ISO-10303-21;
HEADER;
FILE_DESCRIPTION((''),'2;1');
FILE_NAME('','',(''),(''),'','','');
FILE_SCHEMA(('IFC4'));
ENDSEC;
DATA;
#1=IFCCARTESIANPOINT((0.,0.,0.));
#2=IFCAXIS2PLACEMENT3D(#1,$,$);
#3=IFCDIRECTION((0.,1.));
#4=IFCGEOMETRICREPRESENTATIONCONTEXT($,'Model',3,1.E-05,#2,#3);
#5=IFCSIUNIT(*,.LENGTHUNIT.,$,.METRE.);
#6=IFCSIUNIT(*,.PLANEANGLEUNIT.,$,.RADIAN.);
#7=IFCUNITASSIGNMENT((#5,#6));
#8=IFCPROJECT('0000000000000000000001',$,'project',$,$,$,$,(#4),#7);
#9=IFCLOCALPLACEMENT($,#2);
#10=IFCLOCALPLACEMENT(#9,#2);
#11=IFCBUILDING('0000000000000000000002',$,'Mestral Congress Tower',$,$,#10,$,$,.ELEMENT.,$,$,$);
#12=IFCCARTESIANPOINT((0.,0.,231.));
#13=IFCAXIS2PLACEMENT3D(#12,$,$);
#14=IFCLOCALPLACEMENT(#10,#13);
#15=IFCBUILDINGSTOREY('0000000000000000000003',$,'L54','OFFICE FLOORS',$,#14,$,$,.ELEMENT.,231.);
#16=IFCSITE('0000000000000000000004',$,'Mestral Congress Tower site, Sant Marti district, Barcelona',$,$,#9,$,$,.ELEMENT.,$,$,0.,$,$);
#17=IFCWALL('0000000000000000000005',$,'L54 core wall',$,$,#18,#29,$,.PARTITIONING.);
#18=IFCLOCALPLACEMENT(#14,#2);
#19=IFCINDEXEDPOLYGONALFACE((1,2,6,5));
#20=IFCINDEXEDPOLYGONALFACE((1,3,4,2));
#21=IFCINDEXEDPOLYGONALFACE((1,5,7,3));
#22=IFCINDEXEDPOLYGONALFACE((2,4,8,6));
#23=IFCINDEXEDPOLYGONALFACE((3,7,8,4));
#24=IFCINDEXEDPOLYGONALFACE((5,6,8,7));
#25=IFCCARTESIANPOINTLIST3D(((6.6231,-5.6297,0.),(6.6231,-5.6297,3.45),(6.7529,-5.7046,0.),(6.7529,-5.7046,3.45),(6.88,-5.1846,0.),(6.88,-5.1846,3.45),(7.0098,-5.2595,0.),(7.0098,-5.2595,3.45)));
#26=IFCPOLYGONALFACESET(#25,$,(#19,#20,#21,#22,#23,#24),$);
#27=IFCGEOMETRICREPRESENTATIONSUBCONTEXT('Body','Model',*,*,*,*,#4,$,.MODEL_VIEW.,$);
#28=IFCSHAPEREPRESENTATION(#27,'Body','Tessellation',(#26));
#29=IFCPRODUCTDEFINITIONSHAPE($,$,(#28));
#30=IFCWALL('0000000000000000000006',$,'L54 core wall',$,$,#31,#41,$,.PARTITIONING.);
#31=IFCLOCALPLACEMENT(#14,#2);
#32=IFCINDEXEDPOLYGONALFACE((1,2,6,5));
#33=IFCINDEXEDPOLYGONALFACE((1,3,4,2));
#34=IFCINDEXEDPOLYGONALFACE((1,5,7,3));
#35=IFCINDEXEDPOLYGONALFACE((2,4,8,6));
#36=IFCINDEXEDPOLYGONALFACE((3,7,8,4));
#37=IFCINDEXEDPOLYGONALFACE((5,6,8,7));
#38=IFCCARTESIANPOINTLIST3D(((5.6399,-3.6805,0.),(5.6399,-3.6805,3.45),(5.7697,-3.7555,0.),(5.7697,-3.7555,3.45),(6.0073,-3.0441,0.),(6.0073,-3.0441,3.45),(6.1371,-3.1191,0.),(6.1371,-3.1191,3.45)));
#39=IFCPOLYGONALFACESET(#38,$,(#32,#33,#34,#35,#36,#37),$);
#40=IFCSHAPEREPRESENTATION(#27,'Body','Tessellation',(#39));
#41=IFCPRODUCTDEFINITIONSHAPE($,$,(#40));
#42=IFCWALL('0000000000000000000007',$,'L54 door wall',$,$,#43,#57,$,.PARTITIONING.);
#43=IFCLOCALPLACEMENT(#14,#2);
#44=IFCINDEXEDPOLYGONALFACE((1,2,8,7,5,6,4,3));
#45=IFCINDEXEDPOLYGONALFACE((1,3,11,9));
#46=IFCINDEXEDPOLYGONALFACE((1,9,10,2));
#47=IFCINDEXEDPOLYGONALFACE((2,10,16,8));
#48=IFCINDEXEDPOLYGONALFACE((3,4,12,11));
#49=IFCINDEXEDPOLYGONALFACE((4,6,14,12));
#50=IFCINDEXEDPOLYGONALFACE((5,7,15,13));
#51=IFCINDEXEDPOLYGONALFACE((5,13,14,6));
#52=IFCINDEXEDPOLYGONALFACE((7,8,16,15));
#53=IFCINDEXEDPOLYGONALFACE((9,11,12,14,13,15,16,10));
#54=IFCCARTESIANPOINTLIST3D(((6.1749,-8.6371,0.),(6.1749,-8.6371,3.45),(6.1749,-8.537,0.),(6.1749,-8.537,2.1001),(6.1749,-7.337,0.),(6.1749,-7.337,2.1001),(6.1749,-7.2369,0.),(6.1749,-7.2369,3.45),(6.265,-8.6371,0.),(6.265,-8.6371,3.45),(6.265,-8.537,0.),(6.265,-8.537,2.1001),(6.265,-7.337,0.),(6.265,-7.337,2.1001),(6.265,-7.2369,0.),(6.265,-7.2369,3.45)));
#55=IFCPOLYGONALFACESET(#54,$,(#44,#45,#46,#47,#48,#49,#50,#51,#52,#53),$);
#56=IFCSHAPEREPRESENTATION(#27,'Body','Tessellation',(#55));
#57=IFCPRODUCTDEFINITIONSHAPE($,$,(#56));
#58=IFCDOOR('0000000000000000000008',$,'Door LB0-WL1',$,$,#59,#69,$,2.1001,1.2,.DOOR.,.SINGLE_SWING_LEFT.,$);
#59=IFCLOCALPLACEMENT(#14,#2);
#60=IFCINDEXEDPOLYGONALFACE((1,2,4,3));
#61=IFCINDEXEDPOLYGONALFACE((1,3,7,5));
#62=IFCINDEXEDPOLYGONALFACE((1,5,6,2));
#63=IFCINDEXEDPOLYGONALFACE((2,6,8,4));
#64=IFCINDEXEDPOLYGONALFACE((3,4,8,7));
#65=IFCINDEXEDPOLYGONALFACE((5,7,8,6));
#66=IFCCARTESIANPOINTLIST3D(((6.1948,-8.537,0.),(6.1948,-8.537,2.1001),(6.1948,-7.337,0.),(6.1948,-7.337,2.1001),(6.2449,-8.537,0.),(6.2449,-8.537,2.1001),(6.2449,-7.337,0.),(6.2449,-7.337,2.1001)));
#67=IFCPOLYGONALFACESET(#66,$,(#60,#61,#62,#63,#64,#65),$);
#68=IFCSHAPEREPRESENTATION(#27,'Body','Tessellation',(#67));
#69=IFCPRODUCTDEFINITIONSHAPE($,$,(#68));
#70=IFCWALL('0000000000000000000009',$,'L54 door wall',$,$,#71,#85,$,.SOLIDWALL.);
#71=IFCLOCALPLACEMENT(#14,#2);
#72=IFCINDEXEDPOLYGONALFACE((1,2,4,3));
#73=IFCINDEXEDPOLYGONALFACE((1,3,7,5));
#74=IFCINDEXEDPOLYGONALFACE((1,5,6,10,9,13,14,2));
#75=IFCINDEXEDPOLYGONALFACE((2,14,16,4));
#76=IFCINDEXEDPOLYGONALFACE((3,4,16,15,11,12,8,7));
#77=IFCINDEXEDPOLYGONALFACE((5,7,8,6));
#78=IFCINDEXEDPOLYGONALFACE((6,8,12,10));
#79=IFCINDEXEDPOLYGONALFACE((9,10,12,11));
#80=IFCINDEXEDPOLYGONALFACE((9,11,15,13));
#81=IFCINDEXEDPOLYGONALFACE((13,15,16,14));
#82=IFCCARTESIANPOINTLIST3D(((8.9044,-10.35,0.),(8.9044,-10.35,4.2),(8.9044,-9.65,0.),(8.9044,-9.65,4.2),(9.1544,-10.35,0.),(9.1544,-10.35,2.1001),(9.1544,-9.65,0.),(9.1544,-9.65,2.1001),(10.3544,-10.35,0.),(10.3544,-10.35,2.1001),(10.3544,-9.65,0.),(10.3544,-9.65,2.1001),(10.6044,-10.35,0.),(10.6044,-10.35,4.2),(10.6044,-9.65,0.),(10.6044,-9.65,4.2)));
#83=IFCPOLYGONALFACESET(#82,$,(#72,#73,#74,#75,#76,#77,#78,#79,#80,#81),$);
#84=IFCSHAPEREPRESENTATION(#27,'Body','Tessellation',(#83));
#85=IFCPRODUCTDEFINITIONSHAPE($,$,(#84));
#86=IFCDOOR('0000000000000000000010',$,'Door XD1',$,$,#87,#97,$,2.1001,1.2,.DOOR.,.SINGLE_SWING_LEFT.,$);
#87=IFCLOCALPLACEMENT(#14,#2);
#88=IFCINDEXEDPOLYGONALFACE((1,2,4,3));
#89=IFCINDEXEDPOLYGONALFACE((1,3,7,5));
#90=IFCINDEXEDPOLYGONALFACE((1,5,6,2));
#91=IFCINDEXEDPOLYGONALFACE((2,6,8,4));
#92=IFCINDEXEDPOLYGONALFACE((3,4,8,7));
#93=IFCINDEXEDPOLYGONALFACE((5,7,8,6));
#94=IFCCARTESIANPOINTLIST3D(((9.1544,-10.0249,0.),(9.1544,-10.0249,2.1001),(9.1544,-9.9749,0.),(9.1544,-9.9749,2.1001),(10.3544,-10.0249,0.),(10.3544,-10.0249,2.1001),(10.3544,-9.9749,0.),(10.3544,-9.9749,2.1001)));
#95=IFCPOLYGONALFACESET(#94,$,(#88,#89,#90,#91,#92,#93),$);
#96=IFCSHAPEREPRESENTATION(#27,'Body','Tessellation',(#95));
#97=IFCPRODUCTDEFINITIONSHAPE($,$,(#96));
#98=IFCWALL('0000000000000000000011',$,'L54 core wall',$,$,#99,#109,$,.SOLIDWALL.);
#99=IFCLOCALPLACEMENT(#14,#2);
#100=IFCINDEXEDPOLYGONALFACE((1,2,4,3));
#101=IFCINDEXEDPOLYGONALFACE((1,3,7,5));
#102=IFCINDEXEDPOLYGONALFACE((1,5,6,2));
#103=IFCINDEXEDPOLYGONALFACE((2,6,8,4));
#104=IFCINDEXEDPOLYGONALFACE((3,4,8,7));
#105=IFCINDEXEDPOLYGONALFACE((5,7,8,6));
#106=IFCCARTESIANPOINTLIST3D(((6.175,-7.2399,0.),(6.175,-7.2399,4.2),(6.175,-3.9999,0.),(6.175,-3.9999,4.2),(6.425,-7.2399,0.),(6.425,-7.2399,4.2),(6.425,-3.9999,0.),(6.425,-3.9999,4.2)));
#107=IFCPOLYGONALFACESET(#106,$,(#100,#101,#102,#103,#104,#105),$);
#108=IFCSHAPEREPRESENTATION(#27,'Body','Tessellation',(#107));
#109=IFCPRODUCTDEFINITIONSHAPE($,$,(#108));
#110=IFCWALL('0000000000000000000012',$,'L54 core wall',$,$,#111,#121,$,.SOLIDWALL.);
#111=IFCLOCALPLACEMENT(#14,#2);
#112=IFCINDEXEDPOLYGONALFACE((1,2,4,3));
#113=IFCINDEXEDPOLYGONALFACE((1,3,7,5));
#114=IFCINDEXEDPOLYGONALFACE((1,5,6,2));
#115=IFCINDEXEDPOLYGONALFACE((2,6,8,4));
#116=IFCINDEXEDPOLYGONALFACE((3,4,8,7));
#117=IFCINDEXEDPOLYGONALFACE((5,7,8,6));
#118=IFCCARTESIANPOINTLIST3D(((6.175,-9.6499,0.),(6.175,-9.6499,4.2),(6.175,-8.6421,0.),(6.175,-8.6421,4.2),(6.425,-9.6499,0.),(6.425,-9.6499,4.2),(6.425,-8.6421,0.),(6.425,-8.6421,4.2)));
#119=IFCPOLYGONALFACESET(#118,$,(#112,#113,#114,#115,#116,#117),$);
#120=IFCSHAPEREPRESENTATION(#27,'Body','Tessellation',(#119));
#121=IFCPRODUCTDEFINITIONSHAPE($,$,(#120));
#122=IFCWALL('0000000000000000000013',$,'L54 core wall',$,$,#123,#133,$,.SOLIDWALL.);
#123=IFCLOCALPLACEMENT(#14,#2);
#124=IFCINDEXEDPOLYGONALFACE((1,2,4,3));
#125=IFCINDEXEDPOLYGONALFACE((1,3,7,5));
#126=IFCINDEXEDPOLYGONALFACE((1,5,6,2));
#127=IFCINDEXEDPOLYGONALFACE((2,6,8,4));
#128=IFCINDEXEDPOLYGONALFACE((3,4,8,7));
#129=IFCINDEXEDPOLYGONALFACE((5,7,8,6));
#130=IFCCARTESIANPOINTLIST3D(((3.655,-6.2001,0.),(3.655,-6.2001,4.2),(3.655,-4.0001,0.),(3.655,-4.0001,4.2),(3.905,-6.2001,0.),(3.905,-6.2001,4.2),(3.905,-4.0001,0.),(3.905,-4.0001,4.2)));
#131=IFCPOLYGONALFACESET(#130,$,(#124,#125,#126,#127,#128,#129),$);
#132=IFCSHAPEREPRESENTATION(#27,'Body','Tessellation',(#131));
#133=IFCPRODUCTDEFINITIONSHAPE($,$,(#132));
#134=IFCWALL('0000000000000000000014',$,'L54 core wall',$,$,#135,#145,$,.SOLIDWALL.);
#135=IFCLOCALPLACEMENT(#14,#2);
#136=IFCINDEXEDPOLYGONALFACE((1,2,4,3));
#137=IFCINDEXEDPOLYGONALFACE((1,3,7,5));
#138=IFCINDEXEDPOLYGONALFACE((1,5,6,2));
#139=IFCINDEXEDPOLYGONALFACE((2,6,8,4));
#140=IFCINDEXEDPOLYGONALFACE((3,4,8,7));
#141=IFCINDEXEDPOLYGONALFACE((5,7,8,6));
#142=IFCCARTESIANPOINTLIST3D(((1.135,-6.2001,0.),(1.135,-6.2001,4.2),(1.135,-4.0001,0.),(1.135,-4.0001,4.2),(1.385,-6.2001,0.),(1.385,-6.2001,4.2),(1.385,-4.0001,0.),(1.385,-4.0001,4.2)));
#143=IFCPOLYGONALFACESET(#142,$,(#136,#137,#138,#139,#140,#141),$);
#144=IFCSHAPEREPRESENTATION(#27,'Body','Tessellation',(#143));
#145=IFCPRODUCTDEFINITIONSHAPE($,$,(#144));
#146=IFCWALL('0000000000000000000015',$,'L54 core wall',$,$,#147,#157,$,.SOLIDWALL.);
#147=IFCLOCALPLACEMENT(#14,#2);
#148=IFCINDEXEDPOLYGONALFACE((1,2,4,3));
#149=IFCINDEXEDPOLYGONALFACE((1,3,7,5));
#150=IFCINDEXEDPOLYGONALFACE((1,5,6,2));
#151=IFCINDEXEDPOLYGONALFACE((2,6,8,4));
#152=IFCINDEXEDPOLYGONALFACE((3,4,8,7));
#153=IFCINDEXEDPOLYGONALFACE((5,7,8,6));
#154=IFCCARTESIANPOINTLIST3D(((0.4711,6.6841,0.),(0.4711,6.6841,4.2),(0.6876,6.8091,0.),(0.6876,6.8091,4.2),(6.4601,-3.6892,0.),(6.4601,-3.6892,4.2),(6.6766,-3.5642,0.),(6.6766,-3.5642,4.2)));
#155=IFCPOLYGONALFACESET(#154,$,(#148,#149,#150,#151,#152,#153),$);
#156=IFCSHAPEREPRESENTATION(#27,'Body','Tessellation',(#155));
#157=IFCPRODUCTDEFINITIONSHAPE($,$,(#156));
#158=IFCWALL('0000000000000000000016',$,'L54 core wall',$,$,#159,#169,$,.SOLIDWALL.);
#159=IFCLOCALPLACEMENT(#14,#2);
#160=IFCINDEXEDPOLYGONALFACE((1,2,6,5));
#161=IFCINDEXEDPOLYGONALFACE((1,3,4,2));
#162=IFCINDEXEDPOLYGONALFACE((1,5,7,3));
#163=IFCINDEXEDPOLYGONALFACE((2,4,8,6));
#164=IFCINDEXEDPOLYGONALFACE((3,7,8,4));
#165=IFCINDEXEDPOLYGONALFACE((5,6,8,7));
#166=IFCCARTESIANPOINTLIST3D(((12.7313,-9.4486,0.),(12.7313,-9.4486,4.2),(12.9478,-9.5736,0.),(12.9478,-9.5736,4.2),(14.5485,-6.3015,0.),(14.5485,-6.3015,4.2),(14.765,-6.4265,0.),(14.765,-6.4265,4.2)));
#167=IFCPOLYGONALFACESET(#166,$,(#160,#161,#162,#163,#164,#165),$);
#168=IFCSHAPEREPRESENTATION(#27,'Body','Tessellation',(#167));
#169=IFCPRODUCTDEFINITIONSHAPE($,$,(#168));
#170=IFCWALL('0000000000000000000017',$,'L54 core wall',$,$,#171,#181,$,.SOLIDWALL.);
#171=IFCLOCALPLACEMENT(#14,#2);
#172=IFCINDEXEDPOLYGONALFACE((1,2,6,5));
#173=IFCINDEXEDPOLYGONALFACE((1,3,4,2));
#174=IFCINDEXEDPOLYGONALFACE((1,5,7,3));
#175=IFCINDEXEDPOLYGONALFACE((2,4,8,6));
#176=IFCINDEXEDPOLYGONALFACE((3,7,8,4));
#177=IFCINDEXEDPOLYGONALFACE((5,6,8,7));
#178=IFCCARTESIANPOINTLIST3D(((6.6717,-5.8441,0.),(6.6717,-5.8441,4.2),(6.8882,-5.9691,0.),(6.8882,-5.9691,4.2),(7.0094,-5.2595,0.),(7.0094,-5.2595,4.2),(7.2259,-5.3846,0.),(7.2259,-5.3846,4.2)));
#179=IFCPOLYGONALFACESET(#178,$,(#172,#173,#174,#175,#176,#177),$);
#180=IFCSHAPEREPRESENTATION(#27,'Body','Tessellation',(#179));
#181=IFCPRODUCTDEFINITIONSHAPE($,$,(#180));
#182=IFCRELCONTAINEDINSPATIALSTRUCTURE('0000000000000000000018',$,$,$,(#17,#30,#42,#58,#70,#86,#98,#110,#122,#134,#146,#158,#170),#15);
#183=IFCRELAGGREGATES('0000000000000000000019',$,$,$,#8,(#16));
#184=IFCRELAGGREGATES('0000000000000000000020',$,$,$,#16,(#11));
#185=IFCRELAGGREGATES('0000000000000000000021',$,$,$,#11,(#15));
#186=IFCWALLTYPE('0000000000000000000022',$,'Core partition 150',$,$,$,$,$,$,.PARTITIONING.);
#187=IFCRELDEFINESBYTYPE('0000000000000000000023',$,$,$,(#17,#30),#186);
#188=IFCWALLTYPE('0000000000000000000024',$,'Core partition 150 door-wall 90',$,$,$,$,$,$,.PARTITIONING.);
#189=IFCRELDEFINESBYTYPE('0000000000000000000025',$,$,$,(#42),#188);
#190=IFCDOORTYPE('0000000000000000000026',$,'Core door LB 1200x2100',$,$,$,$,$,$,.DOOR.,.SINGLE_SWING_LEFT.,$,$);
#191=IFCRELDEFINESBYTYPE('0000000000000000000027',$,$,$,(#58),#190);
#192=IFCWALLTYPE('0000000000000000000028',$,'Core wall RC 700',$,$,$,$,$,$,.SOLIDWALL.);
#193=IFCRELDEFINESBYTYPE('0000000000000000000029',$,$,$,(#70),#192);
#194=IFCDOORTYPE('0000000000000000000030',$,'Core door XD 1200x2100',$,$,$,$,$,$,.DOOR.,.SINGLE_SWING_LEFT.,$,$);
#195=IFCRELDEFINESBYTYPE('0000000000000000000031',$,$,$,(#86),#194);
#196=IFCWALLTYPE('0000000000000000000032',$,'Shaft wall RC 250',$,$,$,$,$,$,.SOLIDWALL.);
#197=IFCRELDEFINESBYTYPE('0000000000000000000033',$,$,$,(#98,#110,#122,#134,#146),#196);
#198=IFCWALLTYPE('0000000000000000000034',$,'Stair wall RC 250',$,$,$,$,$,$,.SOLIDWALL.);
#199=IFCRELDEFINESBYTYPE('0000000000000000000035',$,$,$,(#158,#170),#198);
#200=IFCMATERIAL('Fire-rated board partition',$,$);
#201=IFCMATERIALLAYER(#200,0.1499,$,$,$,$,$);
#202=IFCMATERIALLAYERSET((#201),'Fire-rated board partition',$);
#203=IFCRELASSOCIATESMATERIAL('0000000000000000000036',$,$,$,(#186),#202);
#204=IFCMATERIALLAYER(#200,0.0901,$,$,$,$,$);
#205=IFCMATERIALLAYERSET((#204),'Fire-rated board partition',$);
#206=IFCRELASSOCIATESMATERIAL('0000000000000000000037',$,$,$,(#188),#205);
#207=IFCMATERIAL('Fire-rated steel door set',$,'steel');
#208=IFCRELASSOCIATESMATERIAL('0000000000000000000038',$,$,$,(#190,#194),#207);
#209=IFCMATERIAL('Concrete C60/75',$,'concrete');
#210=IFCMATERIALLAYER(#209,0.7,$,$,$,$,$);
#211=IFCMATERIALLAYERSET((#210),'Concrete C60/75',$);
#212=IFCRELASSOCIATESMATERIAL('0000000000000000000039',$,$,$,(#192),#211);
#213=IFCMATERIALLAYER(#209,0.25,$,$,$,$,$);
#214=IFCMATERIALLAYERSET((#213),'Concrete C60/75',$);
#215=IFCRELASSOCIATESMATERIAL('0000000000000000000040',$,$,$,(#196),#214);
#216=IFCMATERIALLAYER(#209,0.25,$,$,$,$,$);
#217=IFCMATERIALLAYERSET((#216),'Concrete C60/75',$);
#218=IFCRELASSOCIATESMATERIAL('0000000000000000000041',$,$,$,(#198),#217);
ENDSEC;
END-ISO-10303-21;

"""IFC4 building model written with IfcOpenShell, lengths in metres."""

from ifc_helpers import new_model, si_unit, direction, frame, frame_2d, origin, place, context, subcontext, project, spatial, rectangle, extrude, material, layer, layer_set, type_object, element, fill, save


model = new_model("IFC4")

# Units and contexts
model_context = context("Model", 3, precision=1e-05, world=origin(), true_north=direction((0.0, 1.0)))
body_context = subcontext(model_context, "Body", "Model", "MODEL_VIEW")
ifc_project = project(units=[si_unit("LENGTHUNIT", "METRE"), si_unit("PLANEANGLEUNIT", "RADIAN")], contexts=[model_context])

# Site, building, storey
site_placement = place(None, origin())
site = spatial("IfcSite", under=ifc_project, at=site_placement, Name="Mestral Congress Tower site, Sant Marti district, Barcelona", CompositionType="ELEMENT", RefElevation=0.0)
building_placement = place(site_placement, origin())
building = spatial("IfcBuilding", under=site, at=building_placement, Name="Mestral Congress Tower", CompositionType="ELEMENT")
storey_placement = place(building_placement, frame((0.0, 0.0, 231.0)))
storey = spatial("IfcBuildingStorey", under=building, at=storey_placement, Name="L54", Description="OFFICE FLOORS", CompositionType="ELEMENT", Elevation=231.0)

# Walls
ifc_material_1 = material(Name="Fire-rated board partition")
ifc_layer_1 = layer(ifc_material_1, 0.1499)
ifc_layer_set_1 = layer_set([ifc_layer_1], Name="Fire-rated board partition")
wall_type_1 = type_object("IfcWallType", Name="Core partition 150", PredefinedType="PARTITIONING", material=ifc_layer_set_1)
wall_1_placement = place(storey_placement, frame((6.9448, -5.2222, 0.0), z_axis=(0.0, 0.0, 1.0), x_axis=(-0.499818, -0.86613, 0.0)))
element("IfcWall", 1, at=wall_1_placement, inside=storey, type_object=wall_type_1, Name="L54 core wall", PredefinedType="PARTITIONING", context=body_context, shape_type="SweptSolid", body=[
    extrude(rectangle(XDim=0.5139, YDim=0.1499, at=frame_2d((0.2568, 0.0))), origin(), (0.0, 0.0, 1.0), 3.45),
])
wall_2_placement = place(storey_placement, frame((5.7048, -3.718, 0.0), z_axis=(0.0, 0.0, 1.0), x_axis=(0.499962, 0.866047, 0.0)))
element("IfcWall", 2, at=wall_2_placement, inside=storey, type_object=wall_type_1, Name="L54 core wall", PredefinedType="PARTITIONING", context=body_context, shape_type="SweptSolid", body=[
    extrude(rectangle(XDim=0.7349, YDim=0.1499, at=frame_2d((0.3674, 0.0))), origin(), (0.0, 0.0, 1.0), 3.45),
])

# Walls, openings, doors
ifc_layer_2 = layer(ifc_material_1, 0.0901)
ifc_layer_set_2 = layer_set([ifc_layer_2], Name="Fire-rated board partition")
wall_type_2 = type_object("IfcWallType", Name="Core partition 150 door-wall 90", PredefinedType="PARTITIONING", material=ifc_layer_set_2)
wall_3_placement = place(storey_placement, frame((6.22, -7.2368, 0.0), z_axis=(0.0, 0.0, 1.0), x_axis=(0.0, -1.0, 0.0)))
wall_3 = element("IfcWall", 3, at=wall_3_placement, inside=storey, type_object=wall_type_2, Name="L54 door wall", PredefinedType="PARTITIONING", context=body_context, shape_type="SweptSolid", body=[
    extrude(rectangle(XDim=1.4001, YDim=0.0901, at=frame_2d((0.7002, 0.0))), origin(), (0.0, 0.0, 1.0), 3.45),
])
opening_1_placement = place(wall_3_placement, frame((0.1001, 0.0, 0.0)))
opening_1 = element("IfcOpeningElement", 4, at=opening_1_placement, cuts=wall_3, PredefinedType="OPENING", context=body_context, shape_type="SweptSolid", body=[
    extrude(rectangle(XDim=1.2, YDim=2.1001, at=frame_2d((0.6001, 1.05))), frame((0.0, 0.0549, 0.0), z_axis=(0.0, -1.0, 0.0), x_axis=(1.0, 0.0, 0.0)), (0.0, 0.0, 1.0), 0.1101),
])
ifc_material_2 = material(Name="Fire-rated steel door set", Category="steel")
door_type_1 = type_object("IfcDoorType", Name="Core door LB 1200x2100", OperationType="SINGLE_SWING_LEFT", PredefinedType="DOOR", material=ifc_material_2)
door_1_placement = place(opening_1_placement, origin())
door_1 = element("IfcDoor", 5, at=door_1_placement, inside=storey, type_object=door_type_1, Name="Door LB0-WL1", OperationType="SINGLE_SWING_LEFT", OverallHeight=2.1001, OverallWidth=1.2, PredefinedType="DOOR", context=body_context, shape_type="SweptSolid", body=[
    extrude(rectangle(XDim=1.2, YDim=2.1001, at=frame_2d((0.6001, 1.05))), frame((0.0, 0.0249, 0.0), z_axis=(0.0, -1.0, 0.0), x_axis=(1.0, 0.0, 0.0)), (0.0, 0.0, 1.0), 0.05),
])
fill(opening_1, door_1)
ifc_material_3 = material(Name="Concrete C60/75", Category="concrete")
ifc_layer_3 = layer(ifc_material_3, 0.7)
ifc_layer_set_3 = layer_set([ifc_layer_3], Name="Concrete C60/75")
wall_type_3 = type_object("IfcWallType", Name="Core wall RC 700", PredefinedType="SOLIDWALL", material=ifc_layer_set_3)
wall_4_placement = place(storey_placement, frame((10.6045, -10.0, 0.0), z_axis=(0.0, 0.0, 1.0), x_axis=(-1.0, 0.0, 0.0)))
wall_4 = element("IfcWall", 6, at=wall_4_placement, inside=storey, type_object=wall_type_3, Name="L54 door wall", PredefinedType="SOLIDWALL", context=body_context, shape_type="SweptSolid", body=[
    extrude(rectangle(XDim=1.7, YDim=0.7, at=frame_2d((0.8501, 0.0))), origin(), (0.0, 0.0, 1.0), 4.2),
])
opening_2_placement = place(wall_4_placement, frame((0.25, 0.0, 0.0)))
opening_2 = element("IfcOpeningElement", 7, at=opening_2_placement, cuts=wall_4, PredefinedType="OPENING", context=body_context, shape_type="SweptSolid", body=[
    extrude(rectangle(XDim=1.2, YDim=2.1001, at=frame_2d((0.6001, 1.05))), frame((0.0, 0.3599, 0.0), z_axis=(0.0, -1.0, 0.0), x_axis=(1.0, 0.0, 0.0)), (0.0, 0.0, 1.0), 0.72),
])
door_type_2 = type_object("IfcDoorType", Name="Core door XD 1200x2100", OperationType="SINGLE_SWING_LEFT", PredefinedType="DOOR", material=ifc_material_2)
door_2_placement = place(opening_2_placement, origin())
door_2 = element("IfcDoor", 8, at=door_2_placement, inside=storey, type_object=door_type_2, Name="Door XD1", OperationType="SINGLE_SWING_LEFT", OverallHeight=2.1001, OverallWidth=1.2, PredefinedType="DOOR", context=body_context, shape_type="SweptSolid", body=[
    extrude(rectangle(XDim=1.2, YDim=2.1001, at=frame_2d((0.6001, 1.05))), frame((0.0, 0.0249, 0.0), z_axis=(0.0, -1.0, 0.0), x_axis=(1.0, 0.0, 0.0)), (0.0, 0.0, 1.0), 0.05),
])
fill(opening_2, door_2)

# Walls
ifc_layer_4 = layer(ifc_material_3, 0.25)
ifc_layer_set_4 = layer_set([ifc_layer_4], Name="Concrete C60/75")
wall_type_4 = type_object("IfcWallType", Name="Shaft wall RC 250", PredefinedType="SOLIDWALL", material=ifc_layer_set_4)
wall_5_placement = place(storey_placement, frame((6.3, -7.24, 0.0), z_axis=(0.0, 0.0, 1.0), x_axis=(0.0, 1.0, 0.0)))
element("IfcWall", 9, at=wall_5_placement, inside=storey, type_object=wall_type_4, Name="L54 core wall", PredefinedType="SOLIDWALL", context=body_context, shape_type="SweptSolid", body=[
    extrude(rectangle(XDim=3.24, YDim=0.25, at=frame_2d((1.6201, 0.0))), origin(), (0.0, 0.0, 1.0), 4.2),
])
wall_6_placement = place(storey_placement, frame((6.3, -9.6499, 0.0), z_axis=(0.0, 0.0, 1.0), x_axis=(0.0, 1.0, 0.0)))
element("IfcWall", 10, at=wall_6_placement, inside=storey, type_object=wall_type_4, Name="L54 core wall", PredefinedType="SOLIDWALL", context=body_context, shape_type="SweptSolid", body=[
    extrude(rectangle(XDim=1.0078, YDim=0.25, at=frame_2d((0.5039, 0.0))), origin(), (0.0, 0.0, 1.0), 4.2),
])
for number, where, z_axis, x_axis, name in (
    (11, (3.78, -4.0, 0.0), (0.0, 0.0, 1.0), (0.0, -1.0, 0.0), "L54 core wall"),
    (12, (1.26, -4.0, 0.0), (0.0, 0.0, 1.0), (0.0, -1.0, 0.0), "L54 core wall"),
):
    element("IfcWall", number, at=place(storey_placement, frame(where, z_axis=z_axis, x_axis=x_axis)), inside=storey, type_object=wall_type_4, Name=name, PredefinedType="SOLIDWALL", context=body_context, shape_type="SweptSolid", body=[
        extrude(rectangle(XDim=2.2, YDim=0.25, at=frame_2d((1.1001, 0.0))), origin(), (0.0, 0.0, 1.0), 4.2),
    ])
wall_7_placement = place(storey_placement, frame((6.5684, -3.6267, 0.0), z_axis=(0.0, 0.0, 1.0), x_axis=(-0.499999, 0.866026, 0.0)))
element("IfcWall", 13, at=wall_7_placement, inside=storey, type_object=wall_type_4, Name="L54 core wall", PredefinedType="SOLIDWALL", context=body_context, shape_type="SweptSolid", body=[
    extrude(rectangle(XDim=11.978, YDim=0.25, at=frame_2d((5.989, 0.0))), origin(), (0.0, 0.0, 1.0), 4.2),
])
ifc_layer_5 = layer(ifc_material_3, 0.25)
ifc_layer_set_5 = layer_set([ifc_layer_5], Name="Concrete C60/75")
wall_type_5 = type_object("IfcWallType", Name="Stair wall RC 250", PredefinedType="SOLIDWALL", material=ifc_layer_set_5)
wall_8_placement = place(storey_placement, frame((12.8396, -9.511, 0.0), z_axis=(0.0, 0.0, 1.0), x_axis=(0.500048, 0.865998, 0.0)))
element("IfcWall", 14, at=wall_8_placement, inside=storey, type_object=wall_type_5, Name="L54 core wall", PredefinedType="SOLIDWALL", context=body_context, shape_type="SweptSolid", body=[
    extrude(rectangle(XDim=3.634, YDim=0.25, at=frame_2d((1.8169, 0.0))), origin(), (0.0, 0.0, 1.0), 4.2),
])
wall_9_placement = place(storey_placement, frame((6.78, -5.9065, 0.0), z_axis=(0.0, 0.0, 1.0), x_axis=(0.500223, 0.865896, 0.0)))
element("IfcWall", 15, at=wall_9_placement, inside=storey, type_object=wall_type_5, Name="L54 core wall", PredefinedType="SOLIDWALL", context=body_context, shape_type="SweptSolid", body=[
    extrude(rectangle(XDim=0.675, YDim=0.25, at=frame_2d((0.3374, 0.0))), origin(), (0.0, 0.0, 1.0), 4.2),
])

save(model, "model.ifc")
